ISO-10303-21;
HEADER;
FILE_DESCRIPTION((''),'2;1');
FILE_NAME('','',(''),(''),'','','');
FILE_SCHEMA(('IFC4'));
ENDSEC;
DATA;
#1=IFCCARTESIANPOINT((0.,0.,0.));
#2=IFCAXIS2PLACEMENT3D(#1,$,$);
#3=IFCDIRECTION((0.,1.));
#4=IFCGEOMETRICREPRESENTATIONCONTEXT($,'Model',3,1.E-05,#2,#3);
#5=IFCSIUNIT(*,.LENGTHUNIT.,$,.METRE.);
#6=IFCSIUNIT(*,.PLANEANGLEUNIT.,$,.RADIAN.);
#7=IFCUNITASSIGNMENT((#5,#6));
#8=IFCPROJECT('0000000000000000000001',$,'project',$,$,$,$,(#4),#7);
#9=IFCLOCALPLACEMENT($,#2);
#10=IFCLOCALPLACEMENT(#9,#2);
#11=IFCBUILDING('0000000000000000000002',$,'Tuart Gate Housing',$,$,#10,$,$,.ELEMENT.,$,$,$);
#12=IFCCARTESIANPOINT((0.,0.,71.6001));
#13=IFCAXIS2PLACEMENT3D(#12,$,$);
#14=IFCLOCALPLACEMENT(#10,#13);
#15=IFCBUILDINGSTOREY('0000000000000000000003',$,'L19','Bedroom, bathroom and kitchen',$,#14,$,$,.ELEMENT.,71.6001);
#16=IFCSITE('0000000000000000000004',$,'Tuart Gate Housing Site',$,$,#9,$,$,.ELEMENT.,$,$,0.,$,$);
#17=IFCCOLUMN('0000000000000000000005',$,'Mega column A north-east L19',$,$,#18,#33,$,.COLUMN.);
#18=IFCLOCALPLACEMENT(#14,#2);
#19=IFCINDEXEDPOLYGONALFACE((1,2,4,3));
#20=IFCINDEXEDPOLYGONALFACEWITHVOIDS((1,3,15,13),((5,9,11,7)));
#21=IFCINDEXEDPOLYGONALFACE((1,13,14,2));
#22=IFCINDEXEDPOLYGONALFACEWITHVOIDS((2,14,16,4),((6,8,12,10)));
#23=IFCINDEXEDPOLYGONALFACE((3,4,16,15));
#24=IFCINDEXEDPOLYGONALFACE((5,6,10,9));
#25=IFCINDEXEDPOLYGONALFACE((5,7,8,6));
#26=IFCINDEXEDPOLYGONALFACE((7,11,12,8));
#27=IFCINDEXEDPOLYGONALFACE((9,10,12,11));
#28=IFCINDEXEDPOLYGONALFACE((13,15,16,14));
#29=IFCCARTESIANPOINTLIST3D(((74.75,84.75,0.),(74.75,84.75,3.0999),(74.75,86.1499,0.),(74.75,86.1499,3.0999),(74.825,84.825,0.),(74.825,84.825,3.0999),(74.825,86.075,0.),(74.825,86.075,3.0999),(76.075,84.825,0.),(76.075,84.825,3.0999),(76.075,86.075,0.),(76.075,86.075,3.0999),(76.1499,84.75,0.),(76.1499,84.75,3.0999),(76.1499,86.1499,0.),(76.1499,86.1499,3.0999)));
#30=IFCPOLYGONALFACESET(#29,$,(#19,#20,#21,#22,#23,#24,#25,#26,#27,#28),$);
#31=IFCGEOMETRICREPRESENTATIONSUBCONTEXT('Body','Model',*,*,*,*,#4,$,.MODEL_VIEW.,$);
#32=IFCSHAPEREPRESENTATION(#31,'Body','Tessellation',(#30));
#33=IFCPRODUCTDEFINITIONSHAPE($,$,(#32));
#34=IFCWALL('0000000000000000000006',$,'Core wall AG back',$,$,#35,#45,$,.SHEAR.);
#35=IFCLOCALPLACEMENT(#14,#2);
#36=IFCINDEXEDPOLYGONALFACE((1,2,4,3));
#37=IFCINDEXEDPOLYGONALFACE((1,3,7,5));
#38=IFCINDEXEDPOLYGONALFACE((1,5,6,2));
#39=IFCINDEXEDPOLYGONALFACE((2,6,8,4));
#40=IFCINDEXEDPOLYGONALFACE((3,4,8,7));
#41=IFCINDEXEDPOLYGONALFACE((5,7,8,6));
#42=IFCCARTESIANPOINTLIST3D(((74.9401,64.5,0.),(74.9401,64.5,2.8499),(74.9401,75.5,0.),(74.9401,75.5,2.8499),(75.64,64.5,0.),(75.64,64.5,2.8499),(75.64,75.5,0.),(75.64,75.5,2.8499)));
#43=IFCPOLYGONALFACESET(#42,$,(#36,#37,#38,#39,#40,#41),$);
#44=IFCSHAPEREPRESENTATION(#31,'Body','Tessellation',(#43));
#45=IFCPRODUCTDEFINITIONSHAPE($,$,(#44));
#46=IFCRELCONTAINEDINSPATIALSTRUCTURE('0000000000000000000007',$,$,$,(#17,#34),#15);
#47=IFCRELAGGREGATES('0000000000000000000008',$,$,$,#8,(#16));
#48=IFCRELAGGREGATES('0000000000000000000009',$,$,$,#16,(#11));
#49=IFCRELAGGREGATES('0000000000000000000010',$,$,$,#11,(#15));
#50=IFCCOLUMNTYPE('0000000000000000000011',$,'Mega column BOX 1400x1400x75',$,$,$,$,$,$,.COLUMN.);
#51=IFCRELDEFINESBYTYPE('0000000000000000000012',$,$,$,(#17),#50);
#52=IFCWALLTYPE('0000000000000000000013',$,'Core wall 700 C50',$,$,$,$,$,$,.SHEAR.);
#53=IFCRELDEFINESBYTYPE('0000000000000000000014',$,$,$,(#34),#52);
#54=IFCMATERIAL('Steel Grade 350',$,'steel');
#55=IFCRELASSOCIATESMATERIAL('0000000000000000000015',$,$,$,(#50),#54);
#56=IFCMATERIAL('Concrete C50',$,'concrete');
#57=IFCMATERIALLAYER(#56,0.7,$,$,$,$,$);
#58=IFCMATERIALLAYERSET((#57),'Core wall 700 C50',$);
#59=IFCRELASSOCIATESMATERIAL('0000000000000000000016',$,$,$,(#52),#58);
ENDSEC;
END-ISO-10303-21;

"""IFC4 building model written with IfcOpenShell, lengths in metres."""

from ifc_helpers import new_model, si_unit, direction, frame, frame_2d, origin, origin_2d, place, context, subcontext, project, spatial, rectangle, hollow_rectangle, extrude, material, layer, layer_set, material_profile, profile_set, type_object, element, save


model = new_model("IFC4")

# Units and contexts
model_context = context("Model", 3, precision=1e-05, world=origin(), true_north=direction((0.0, 1.0)))
body_context = subcontext(model_context, "Body", "Model", "MODEL_VIEW")
ifc_project = project(units=[si_unit("LENGTHUNIT", "METRE"), si_unit("PLANEANGLEUNIT", "RADIAN")], contexts=[model_context])

# Site, building, storey
site_placement = place(None, origin())
site = spatial("IfcSite", under=ifc_project, at=site_placement, Name="Tuart Gate Housing Site", CompositionType="ELEMENT", RefElevation=0.0)
building_placement = place(site_placement, origin())
building = spatial("IfcBuilding", under=site, at=building_placement, Name="Tuart Gate Housing", CompositionType="ELEMENT")
storey_placement = place(building_placement, frame((0.0, 0.0, 71.6001)))
storey = spatial("IfcBuildingStorey", under=building, at=storey_placement, Name="L19", Description="Bedroom, bathroom and kitchen", CompositionType="ELEMENT", Elevation=71.6001)

# Column
ifc_material_1 = material(Name="Steel Grade 350", Category="steel")
ifc_material_profile = material_profile(ifc_material_1, hollow_rectangle(XDim=1.3999, YDim=1.3999, WallThickness=0.075, at=origin_2d()), Name="BOX 1400x1400x75")
ifc_profile_set = profile_set([ifc_material_profile], Name="Steel Grade 350")
column_type = type_object("IfcColumnType", Name="Mega column BOX 1400x1400x75", PredefinedType="COLUMN", material=ifc_profile_set)
column_placement = place(storey_placement, frame((75.45, 85.45, 0.0), z_axis=(0.0, 0.0, 1.0), x_axis=(1.0, 0.0, 0.0)))
element("IfcColumn", 1, at=column_placement, inside=storey, type_object=column_type, Name="Mega column A north-east L19", PredefinedType="COLUMN", context=body_context, shape_type="SweptSolid", body=[
    extrude(hollow_rectangle(XDim=1.3999, YDim=1.3999, WallThickness=0.075, at=origin_2d()), origin(), (0.0, 0.0, 1.0), 3.0999),
])

# Wall
ifc_material_2 = material(Name="Concrete C50", Category="concrete")
ifc_layer_1 = layer(ifc_material_2, 0.7)
ifc_layer_set_1 = layer_set([ifc_layer_1], Name="Core wall 700 C50")
wall_type_1 = type_object("IfcWallType", Name="Core wall 700 C50", PredefinedType="SHEAR", material=ifc_layer_set_1)
wall_1_placement = place(storey_placement, frame((75.29, 64.5, 0.0), z_axis=(0.0, 0.0, 1.0), x_axis=(0.0, 1.0, 0.0)))
element("IfcWall", 2, at=wall_1_placement, inside=storey, type_object=wall_type_1, Name="Core wall AG back", PredefinedType="SHEAR", context=body_context, shape_type="SweptSolid", body=[
    extrude(rectangle(XDim=11.0, YDim=0.7, at=frame_2d((5.5, 0.0))), origin(), (0.0, 0.0, 1.0), 2.8499),
])

save(model, "model.ifc")
